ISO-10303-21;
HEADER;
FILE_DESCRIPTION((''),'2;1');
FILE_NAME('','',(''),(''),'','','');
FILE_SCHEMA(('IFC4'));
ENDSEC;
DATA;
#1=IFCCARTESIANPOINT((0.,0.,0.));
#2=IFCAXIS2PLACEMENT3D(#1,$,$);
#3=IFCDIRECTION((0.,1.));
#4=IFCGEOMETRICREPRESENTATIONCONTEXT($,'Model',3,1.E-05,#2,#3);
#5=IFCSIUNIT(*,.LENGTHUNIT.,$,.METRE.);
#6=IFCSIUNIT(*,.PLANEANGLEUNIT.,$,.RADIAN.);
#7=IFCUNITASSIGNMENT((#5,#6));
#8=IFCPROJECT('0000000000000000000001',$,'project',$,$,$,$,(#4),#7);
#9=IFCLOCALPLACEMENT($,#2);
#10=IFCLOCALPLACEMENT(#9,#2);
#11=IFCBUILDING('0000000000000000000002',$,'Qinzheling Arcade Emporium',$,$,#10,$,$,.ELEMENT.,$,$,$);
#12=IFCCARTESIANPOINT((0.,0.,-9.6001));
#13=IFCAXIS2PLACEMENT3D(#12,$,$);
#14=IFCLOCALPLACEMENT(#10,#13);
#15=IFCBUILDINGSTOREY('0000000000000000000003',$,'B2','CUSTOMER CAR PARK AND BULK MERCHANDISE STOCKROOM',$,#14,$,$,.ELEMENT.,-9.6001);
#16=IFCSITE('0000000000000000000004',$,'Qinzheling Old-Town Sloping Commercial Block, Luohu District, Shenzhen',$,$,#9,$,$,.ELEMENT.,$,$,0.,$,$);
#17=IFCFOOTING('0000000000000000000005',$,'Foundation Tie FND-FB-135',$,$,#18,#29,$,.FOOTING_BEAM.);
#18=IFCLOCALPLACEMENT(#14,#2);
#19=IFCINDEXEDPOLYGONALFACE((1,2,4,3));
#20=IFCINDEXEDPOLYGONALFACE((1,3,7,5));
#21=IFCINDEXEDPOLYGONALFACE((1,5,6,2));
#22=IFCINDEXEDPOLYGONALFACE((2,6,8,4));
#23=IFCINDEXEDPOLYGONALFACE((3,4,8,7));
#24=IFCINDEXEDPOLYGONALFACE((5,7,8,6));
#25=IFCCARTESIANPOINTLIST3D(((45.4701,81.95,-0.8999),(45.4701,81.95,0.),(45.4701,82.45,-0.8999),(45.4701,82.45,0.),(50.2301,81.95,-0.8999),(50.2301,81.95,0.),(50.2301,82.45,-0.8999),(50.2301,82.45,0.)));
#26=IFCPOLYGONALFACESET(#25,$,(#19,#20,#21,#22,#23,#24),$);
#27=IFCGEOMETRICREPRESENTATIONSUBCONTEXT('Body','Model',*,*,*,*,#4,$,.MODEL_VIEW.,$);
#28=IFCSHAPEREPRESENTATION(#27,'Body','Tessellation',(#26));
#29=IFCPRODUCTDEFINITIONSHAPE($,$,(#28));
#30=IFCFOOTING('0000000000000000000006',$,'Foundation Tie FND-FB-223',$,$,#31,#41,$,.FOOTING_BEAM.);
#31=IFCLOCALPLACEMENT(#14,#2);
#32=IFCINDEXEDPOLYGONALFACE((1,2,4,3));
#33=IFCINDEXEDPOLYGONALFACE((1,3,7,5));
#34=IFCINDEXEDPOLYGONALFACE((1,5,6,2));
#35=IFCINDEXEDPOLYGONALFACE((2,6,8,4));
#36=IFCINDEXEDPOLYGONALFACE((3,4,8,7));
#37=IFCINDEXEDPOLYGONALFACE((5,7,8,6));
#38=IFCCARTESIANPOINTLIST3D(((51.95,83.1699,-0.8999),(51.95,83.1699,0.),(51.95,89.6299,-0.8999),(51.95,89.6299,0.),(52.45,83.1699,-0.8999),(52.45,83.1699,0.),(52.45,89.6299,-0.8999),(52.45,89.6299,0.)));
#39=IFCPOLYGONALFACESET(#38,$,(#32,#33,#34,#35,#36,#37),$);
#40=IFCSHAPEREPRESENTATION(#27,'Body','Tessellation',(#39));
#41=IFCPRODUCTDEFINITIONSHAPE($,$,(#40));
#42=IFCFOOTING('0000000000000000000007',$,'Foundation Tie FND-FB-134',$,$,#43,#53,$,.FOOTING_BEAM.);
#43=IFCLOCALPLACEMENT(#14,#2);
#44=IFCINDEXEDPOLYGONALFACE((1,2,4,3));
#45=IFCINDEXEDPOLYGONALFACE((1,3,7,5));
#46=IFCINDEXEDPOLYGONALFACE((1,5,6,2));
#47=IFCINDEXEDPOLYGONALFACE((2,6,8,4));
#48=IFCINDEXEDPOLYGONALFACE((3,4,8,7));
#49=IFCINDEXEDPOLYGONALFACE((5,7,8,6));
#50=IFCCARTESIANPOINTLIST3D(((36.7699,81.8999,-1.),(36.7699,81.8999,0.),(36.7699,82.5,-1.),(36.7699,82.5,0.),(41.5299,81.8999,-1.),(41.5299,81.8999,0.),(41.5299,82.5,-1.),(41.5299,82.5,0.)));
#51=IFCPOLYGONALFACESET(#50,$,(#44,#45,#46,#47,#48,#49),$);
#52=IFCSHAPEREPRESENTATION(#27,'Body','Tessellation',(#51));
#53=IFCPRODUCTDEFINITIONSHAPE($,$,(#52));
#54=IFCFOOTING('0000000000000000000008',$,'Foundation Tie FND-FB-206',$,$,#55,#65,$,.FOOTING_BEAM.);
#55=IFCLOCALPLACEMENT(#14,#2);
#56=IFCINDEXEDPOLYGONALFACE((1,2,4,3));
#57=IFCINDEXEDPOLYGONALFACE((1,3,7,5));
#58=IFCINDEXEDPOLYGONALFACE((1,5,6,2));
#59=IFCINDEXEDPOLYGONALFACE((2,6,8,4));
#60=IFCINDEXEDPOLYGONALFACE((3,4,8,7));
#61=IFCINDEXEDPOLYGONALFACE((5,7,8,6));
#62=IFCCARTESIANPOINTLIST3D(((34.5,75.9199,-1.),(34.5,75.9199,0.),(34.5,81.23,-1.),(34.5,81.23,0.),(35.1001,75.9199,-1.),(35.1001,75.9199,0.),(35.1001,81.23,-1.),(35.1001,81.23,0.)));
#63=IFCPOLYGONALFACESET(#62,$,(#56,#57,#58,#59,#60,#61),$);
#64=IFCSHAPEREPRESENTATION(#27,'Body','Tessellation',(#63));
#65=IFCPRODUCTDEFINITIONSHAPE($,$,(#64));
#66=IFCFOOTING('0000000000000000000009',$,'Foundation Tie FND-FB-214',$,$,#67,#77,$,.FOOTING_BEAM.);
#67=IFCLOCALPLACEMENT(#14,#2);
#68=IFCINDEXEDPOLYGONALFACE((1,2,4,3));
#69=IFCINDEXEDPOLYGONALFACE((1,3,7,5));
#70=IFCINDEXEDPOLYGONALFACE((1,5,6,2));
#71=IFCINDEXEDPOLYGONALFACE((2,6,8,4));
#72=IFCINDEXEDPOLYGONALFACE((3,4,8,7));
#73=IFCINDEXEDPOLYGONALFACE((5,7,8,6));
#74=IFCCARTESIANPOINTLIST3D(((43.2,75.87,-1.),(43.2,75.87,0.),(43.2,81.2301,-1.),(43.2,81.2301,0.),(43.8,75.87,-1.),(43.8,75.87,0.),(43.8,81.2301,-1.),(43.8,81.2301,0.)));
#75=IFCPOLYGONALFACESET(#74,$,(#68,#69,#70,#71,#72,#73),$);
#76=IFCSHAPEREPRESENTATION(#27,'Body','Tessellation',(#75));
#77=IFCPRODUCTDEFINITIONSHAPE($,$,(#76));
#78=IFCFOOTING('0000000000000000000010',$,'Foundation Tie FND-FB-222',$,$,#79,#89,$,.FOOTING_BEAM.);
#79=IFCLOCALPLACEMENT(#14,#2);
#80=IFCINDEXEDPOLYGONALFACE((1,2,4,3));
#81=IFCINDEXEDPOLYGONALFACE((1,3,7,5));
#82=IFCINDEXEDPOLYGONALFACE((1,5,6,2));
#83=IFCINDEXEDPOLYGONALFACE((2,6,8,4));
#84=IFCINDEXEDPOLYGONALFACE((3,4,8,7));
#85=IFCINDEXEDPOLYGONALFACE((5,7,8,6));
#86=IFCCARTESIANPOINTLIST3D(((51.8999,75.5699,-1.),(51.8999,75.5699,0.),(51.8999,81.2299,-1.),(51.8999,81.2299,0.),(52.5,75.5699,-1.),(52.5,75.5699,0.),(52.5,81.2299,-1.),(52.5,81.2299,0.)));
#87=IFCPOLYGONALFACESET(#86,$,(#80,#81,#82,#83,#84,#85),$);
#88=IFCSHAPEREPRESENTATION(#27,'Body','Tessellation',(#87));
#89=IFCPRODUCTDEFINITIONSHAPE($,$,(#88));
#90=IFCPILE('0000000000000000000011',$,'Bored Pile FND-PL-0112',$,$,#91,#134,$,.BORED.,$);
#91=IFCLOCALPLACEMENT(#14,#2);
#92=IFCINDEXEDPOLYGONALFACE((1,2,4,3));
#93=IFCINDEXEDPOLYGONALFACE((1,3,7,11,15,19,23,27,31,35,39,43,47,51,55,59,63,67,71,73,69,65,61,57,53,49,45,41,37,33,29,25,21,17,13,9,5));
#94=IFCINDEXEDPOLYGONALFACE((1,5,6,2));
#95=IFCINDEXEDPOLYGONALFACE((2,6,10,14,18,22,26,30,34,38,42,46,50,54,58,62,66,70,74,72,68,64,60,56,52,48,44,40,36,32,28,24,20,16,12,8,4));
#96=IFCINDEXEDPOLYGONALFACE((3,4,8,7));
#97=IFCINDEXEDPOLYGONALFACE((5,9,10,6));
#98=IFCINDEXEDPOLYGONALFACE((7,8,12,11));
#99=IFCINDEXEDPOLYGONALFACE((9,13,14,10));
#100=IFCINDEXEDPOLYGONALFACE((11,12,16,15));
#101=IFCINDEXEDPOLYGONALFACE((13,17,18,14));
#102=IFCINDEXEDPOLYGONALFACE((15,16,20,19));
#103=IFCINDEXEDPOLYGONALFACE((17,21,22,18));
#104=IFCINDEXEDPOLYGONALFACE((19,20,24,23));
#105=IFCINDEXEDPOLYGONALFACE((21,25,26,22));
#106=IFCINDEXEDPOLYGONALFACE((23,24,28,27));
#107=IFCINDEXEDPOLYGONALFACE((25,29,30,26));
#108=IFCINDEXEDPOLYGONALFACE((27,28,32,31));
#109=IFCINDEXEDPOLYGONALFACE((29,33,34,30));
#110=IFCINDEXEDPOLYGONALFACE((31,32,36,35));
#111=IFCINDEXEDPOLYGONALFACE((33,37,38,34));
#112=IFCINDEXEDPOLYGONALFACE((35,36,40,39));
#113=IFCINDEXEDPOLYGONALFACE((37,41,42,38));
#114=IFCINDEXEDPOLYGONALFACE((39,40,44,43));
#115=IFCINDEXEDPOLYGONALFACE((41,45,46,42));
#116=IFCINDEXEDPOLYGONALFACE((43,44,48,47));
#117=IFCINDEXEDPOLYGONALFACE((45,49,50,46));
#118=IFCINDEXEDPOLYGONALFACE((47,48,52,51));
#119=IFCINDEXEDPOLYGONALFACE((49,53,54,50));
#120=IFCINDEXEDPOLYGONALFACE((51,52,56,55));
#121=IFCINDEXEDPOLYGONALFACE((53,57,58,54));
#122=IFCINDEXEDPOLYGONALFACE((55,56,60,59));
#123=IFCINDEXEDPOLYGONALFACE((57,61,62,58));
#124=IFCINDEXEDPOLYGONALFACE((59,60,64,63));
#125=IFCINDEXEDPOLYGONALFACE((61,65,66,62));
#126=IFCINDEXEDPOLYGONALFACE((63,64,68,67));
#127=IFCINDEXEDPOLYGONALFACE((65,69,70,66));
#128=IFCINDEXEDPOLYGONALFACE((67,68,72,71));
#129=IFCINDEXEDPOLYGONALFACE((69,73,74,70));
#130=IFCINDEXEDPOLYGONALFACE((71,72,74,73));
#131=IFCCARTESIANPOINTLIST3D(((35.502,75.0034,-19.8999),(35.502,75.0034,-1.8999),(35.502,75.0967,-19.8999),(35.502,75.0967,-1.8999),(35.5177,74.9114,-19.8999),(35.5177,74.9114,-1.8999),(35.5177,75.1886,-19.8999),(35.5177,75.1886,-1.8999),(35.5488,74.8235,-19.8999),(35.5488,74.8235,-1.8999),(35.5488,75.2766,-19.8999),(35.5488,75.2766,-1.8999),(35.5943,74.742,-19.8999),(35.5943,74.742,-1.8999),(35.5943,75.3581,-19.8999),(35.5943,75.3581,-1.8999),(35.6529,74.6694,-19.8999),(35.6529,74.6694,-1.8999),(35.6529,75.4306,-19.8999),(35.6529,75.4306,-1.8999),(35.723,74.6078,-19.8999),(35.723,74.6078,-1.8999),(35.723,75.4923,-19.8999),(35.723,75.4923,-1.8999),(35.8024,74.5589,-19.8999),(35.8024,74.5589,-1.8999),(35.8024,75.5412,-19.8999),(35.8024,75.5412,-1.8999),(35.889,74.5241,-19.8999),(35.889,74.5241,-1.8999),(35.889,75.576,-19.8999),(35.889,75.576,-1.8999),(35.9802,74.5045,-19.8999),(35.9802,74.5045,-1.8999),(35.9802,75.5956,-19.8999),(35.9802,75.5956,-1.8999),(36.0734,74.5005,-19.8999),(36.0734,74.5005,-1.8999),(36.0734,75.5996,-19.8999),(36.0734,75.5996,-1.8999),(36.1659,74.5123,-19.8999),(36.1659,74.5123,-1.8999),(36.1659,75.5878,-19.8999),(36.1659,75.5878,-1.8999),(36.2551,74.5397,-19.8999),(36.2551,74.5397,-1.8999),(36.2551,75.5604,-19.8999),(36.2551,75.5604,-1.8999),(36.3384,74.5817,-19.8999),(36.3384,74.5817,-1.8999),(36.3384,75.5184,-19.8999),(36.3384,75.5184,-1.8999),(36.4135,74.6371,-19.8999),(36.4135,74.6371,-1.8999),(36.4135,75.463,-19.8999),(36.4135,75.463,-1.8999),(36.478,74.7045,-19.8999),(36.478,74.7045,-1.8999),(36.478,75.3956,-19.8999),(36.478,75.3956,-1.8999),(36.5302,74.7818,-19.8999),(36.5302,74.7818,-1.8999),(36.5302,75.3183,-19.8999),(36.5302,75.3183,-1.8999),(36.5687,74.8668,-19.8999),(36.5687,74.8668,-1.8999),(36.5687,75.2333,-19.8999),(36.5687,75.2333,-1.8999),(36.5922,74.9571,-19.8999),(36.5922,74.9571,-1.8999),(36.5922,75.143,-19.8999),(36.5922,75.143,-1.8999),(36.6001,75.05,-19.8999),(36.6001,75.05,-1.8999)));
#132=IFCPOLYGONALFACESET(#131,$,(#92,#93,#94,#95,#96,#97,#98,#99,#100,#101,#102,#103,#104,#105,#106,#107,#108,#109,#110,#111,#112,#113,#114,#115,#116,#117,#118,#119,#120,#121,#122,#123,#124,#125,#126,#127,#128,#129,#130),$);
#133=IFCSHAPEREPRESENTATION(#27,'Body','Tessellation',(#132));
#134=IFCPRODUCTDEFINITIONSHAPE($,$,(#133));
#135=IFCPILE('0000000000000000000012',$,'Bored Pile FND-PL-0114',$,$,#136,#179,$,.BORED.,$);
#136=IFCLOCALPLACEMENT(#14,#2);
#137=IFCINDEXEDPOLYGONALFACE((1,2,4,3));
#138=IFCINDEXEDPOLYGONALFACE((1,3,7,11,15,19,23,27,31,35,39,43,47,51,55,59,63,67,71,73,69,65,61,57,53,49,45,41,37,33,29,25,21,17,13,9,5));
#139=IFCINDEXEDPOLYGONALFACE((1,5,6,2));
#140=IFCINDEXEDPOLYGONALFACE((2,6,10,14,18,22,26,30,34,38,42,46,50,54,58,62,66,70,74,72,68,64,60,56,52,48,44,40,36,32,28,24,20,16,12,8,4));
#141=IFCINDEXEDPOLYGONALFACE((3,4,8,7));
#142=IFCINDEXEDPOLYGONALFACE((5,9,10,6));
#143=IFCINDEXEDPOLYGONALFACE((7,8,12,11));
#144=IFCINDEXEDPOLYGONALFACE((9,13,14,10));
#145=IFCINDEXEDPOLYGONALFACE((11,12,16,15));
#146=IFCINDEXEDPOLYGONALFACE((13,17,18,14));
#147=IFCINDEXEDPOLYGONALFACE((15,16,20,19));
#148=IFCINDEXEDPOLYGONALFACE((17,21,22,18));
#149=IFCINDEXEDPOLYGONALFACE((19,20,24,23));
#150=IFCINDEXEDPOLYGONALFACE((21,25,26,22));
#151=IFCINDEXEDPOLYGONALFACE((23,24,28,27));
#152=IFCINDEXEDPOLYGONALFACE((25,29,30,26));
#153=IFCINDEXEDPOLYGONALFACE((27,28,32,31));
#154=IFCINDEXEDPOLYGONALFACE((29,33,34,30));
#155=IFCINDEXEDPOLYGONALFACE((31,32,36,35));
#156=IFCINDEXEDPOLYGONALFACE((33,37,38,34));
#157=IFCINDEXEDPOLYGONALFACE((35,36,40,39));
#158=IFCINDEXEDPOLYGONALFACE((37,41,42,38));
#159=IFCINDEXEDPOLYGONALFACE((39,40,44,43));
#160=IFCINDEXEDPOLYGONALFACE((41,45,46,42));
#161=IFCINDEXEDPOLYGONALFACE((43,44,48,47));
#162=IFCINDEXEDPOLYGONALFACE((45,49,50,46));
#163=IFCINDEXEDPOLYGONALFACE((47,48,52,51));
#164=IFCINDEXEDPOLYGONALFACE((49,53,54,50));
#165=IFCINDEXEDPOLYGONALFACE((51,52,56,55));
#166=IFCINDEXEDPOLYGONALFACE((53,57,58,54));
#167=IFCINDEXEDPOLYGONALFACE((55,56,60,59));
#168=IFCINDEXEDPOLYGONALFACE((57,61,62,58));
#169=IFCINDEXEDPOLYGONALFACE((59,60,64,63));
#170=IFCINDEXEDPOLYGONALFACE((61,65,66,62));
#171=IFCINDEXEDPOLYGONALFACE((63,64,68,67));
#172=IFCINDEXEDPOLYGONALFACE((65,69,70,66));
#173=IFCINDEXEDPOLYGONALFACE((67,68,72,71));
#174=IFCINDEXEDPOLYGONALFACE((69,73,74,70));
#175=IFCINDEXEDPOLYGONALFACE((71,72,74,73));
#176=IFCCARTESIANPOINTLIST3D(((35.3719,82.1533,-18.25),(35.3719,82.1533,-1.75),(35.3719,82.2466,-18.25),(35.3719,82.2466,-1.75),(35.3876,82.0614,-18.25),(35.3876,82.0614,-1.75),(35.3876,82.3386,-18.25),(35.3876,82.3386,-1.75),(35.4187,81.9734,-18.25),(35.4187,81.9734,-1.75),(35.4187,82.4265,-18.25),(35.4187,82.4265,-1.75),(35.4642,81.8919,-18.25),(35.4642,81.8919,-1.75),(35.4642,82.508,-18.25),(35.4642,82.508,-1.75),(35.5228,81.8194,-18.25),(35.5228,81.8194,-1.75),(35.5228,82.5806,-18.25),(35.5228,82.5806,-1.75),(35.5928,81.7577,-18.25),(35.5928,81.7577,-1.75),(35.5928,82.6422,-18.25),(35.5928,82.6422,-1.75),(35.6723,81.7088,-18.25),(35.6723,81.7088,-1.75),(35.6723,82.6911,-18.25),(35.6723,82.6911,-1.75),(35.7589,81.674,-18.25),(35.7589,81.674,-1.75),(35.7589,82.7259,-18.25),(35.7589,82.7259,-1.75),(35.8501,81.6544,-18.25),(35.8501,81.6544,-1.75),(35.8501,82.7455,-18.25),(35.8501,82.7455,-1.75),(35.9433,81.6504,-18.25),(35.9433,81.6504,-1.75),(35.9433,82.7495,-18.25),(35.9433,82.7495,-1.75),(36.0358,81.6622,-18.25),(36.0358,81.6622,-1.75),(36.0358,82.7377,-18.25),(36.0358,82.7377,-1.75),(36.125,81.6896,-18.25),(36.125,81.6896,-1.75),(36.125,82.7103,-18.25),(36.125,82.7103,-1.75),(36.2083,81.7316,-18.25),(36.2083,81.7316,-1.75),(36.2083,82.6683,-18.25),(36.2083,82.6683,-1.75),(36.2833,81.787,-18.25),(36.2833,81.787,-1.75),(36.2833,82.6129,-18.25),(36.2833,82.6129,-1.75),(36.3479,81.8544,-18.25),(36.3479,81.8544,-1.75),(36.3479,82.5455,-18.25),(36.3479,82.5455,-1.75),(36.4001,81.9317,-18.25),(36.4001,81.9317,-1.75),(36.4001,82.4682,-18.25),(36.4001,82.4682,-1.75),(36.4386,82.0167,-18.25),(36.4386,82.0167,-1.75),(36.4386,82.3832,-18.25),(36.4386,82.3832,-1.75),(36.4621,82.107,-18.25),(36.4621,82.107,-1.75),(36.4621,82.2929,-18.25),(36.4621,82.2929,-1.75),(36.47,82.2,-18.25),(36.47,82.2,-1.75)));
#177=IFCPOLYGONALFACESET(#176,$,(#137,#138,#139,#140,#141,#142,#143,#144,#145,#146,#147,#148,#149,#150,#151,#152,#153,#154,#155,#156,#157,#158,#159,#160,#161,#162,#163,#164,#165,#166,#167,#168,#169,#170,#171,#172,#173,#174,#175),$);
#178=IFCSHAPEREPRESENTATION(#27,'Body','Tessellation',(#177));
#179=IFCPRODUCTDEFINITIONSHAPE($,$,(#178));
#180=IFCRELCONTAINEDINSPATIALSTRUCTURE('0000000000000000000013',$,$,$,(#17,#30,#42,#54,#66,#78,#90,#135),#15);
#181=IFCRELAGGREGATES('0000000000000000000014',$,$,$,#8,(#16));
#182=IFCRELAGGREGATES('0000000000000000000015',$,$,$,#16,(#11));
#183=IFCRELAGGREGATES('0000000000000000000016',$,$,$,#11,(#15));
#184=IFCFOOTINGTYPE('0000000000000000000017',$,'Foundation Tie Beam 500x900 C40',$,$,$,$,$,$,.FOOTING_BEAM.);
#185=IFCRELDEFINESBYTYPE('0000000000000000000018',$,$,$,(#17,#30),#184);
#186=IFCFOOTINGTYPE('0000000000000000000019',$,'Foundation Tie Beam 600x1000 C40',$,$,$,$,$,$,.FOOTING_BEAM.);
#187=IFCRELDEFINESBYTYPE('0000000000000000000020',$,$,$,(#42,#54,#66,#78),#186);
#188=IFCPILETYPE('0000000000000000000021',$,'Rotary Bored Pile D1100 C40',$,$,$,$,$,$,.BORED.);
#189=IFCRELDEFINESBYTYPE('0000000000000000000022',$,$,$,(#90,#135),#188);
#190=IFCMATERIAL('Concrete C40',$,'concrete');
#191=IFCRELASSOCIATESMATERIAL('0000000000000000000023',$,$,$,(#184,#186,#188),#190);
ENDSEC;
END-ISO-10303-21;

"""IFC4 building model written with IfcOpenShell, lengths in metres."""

from ifc_helpers import new_model, si_unit, direction, frame, origin, origin_2d, place, context, subcontext, project, spatial, rectangle, circle, extrude, material, material_profile, profile_set, type_object, element, save


model = new_model("IFC4")

# Units and contexts
model_context = context("Model", 3, precision=1e-05, world=origin(), true_north=direction((0.0, 1.0)))
body_context = subcontext(model_context, "Body", "Model", "MODEL_VIEW")
ifc_project = project(units=[si_unit("LENGTHUNIT", "METRE"), si_unit("PLANEANGLEUNIT", "RADIAN")], contexts=[model_context])

# Site, building, storey
site_placement = place(None, origin())
site = spatial("IfcSite", under=ifc_project, at=site_placement, Name="Qinzheling Old-Town Sloping Commercial Block, Luohu District, Shenzhen", CompositionType="ELEMENT", RefElevation=0.0)
building_placement = place(site_placement, origin())
building = spatial("IfcBuilding", under=site, at=building_placement, Name="Qinzheling Arcade Emporium", CompositionType="ELEMENT")
storey_placement = place(building_placement, frame((0.0, 0.0, -9.6001)))
storey = spatial("IfcBuildingStorey", under=building, at=storey_placement, Name="B2", Description="CUSTOMER CAR PARK AND BULK MERCHANDISE STOCKROOM", CompositionType="ELEMENT", Elevation=-9.6001)

# Footings
ifc_material_1 = material(Name="Concrete C40", Category="concrete")
footing_type_1 = type_object("IfcFootingType", Name="Foundation Tie Beam 500x900 C40", PredefinedType="FOOTING_BEAM", material=ifc_material_1)
footing_1_placement = place(storey_placement, frame((47.8501, 82.2, -0.8999), z_axis=(0.0, 0.0, 1.0), x_axis=(1.0, 0.0, 0.0)))
element("IfcFooting", 1, at=footing_1_placement, inside=storey, type_object=footing_type_1, Name="Foundation Tie FND-FB-135", PredefinedType="FOOTING_BEAM", context=body_context, shape_type="SweptSolid", body=[
    extrude(rectangle(XDim=4.76, YDim=0.5, at=origin_2d()), origin(), (0.0, 0.0, 1.0), 0.8999),
])
footing_2_placement = place(storey_placement, frame((52.2, 86.3999, -0.8999), z_axis=(0.0, 0.0, 1.0), x_axis=(1.0, 0.0, 0.0)))
element("IfcFooting", 2, at=footing_2_placement, inside=storey, type_object=footing_type_1, Name="Foundation Tie FND-FB-223", PredefinedType="FOOTING_BEAM", context=body_context, shape_type="SweptSolid", body=[
    extrude(rectangle(XDim=0.5, YDim=6.46, at=origin_2d()), origin(), (0.0, 0.0, 1.0), 0.8999),
])
footing_type_2 = type_object("IfcFootingType", Name="Foundation Tie Beam 600x1000 C40", PredefinedType="FOOTING_BEAM", material=ifc_material_1)
footing_3_placement = place(storey_placement, frame((39.1499, 82.2, -1.0), z_axis=(0.0, 0.0, 1.0), x_axis=(1.0, 0.0, 0.0)))
element("IfcFooting", 3, at=footing_3_placement, inside=storey, type_object=footing_type_2, Name="Foundation Tie FND-FB-134", PredefinedType="FOOTING_BEAM", context=body_context, shape_type="SweptSolid", body=[
    extrude(rectangle(XDim=4.76, YDim=0.6001, at=origin_2d()), origin(), (0.0, 0.0, 1.0), 1.0),
])
footing_4_placement = place(storey_placement, frame((34.8, 78.575, -1.0), z_axis=(0.0, 0.0, 1.0), x_axis=(1.0, 0.0, 0.0)))
element("IfcFooting", 4, at=footing_4_placement, inside=storey, type_object=footing_type_2, Name="Foundation Tie FND-FB-206", PredefinedType="FOOTING_BEAM", context=body_context, shape_type="SweptSolid", body=[
    extrude(rectangle(XDim=0.6001, YDim=5.3101, at=origin_2d()), origin(), (0.0, 0.0, 1.0), 1.0),
])
footing_5_placement = place(storey_placement, frame((43.5, 78.55, -1.0), z_axis=(0.0, 0.0, 1.0), x_axis=(1.0, 0.0, 0.0)))
element("IfcFooting", 5, at=footing_5_placement, inside=storey, type_object=footing_type_2, Name="Foundation Tie FND-FB-214", PredefinedType="FOOTING_BEAM", context=body_context, shape_type="SweptSolid", body=[
    extrude(rectangle(XDim=0.6001, YDim=5.3601, at=origin_2d()), origin(), (0.0, 0.0, 1.0), 1.0),
])
footing_6_placement = place(storey_placement, frame((52.2, 78.3999, -1.0), z_axis=(0.0, 0.0, 1.0), x_axis=(1.0, 0.0, 0.0)))
element("IfcFooting", 6, at=footing_6_placement, inside=storey, type_object=footing_type_2, Name="Foundation Tie FND-FB-222", PredefinedType="FOOTING_BEAM", context=body_context, shape_type="SweptSolid", body=[
    extrude(rectangle(XDim=0.6001, YDim=5.6599, at=origin_2d()), origin(), (0.0, 0.0, 1.0), 1.0),
])

# Piles
ifc_material_profile_1 = material_profile(ifc_material_1, circle(Radius=0.55, at=origin_2d()), Name="BORED D1100", Category="concrete")
ifc_profile_set_1 = profile_set([ifc_material_profile_1], Name="Concrete C40")
pile_type_1 = type_object("IfcPileType", Name="Rotary Bored Pile D1100 C40", PredefinedType="BORED", material=ifc_profile_set_1)
pile_1_placement = place(storey_placement, frame((36.05, 75.05, -1.8999), z_axis=(0.0, 0.0, -1.0), x_axis=(1.0, 0.0, 0.0)))
element("IfcPile", 7, at=pile_1_placement, inside=storey, type_object=pile_type_1, Name="Bored Pile FND-PL-0112", PredefinedType="BORED", context=body_context, shape_type="SweptSolid", body=[
    extrude(circle(Radius=0.55, at=origin_2d()), origin(), (0.0, 0.0, 1.0), 18.0),
])
pile_2_placement = place(storey_placement, frame((35.9199, 82.2, -1.75), z_axis=(0.0, 0.0, -1.0), x_axis=(1.0, 0.0, 0.0)))
element("IfcPile", 8, at=pile_2_placement, inside=storey, type_object=pile_type_1, Name="Bored Pile FND-PL-0114", PredefinedType="BORED", context=body_context, shape_type="SweptSolid", body=[
    extrude(circle(Radius=0.55, at=origin_2d()), origin(), (0.0, 0.0, 1.0), 16.5),
])

save(model, "model.ifc")
